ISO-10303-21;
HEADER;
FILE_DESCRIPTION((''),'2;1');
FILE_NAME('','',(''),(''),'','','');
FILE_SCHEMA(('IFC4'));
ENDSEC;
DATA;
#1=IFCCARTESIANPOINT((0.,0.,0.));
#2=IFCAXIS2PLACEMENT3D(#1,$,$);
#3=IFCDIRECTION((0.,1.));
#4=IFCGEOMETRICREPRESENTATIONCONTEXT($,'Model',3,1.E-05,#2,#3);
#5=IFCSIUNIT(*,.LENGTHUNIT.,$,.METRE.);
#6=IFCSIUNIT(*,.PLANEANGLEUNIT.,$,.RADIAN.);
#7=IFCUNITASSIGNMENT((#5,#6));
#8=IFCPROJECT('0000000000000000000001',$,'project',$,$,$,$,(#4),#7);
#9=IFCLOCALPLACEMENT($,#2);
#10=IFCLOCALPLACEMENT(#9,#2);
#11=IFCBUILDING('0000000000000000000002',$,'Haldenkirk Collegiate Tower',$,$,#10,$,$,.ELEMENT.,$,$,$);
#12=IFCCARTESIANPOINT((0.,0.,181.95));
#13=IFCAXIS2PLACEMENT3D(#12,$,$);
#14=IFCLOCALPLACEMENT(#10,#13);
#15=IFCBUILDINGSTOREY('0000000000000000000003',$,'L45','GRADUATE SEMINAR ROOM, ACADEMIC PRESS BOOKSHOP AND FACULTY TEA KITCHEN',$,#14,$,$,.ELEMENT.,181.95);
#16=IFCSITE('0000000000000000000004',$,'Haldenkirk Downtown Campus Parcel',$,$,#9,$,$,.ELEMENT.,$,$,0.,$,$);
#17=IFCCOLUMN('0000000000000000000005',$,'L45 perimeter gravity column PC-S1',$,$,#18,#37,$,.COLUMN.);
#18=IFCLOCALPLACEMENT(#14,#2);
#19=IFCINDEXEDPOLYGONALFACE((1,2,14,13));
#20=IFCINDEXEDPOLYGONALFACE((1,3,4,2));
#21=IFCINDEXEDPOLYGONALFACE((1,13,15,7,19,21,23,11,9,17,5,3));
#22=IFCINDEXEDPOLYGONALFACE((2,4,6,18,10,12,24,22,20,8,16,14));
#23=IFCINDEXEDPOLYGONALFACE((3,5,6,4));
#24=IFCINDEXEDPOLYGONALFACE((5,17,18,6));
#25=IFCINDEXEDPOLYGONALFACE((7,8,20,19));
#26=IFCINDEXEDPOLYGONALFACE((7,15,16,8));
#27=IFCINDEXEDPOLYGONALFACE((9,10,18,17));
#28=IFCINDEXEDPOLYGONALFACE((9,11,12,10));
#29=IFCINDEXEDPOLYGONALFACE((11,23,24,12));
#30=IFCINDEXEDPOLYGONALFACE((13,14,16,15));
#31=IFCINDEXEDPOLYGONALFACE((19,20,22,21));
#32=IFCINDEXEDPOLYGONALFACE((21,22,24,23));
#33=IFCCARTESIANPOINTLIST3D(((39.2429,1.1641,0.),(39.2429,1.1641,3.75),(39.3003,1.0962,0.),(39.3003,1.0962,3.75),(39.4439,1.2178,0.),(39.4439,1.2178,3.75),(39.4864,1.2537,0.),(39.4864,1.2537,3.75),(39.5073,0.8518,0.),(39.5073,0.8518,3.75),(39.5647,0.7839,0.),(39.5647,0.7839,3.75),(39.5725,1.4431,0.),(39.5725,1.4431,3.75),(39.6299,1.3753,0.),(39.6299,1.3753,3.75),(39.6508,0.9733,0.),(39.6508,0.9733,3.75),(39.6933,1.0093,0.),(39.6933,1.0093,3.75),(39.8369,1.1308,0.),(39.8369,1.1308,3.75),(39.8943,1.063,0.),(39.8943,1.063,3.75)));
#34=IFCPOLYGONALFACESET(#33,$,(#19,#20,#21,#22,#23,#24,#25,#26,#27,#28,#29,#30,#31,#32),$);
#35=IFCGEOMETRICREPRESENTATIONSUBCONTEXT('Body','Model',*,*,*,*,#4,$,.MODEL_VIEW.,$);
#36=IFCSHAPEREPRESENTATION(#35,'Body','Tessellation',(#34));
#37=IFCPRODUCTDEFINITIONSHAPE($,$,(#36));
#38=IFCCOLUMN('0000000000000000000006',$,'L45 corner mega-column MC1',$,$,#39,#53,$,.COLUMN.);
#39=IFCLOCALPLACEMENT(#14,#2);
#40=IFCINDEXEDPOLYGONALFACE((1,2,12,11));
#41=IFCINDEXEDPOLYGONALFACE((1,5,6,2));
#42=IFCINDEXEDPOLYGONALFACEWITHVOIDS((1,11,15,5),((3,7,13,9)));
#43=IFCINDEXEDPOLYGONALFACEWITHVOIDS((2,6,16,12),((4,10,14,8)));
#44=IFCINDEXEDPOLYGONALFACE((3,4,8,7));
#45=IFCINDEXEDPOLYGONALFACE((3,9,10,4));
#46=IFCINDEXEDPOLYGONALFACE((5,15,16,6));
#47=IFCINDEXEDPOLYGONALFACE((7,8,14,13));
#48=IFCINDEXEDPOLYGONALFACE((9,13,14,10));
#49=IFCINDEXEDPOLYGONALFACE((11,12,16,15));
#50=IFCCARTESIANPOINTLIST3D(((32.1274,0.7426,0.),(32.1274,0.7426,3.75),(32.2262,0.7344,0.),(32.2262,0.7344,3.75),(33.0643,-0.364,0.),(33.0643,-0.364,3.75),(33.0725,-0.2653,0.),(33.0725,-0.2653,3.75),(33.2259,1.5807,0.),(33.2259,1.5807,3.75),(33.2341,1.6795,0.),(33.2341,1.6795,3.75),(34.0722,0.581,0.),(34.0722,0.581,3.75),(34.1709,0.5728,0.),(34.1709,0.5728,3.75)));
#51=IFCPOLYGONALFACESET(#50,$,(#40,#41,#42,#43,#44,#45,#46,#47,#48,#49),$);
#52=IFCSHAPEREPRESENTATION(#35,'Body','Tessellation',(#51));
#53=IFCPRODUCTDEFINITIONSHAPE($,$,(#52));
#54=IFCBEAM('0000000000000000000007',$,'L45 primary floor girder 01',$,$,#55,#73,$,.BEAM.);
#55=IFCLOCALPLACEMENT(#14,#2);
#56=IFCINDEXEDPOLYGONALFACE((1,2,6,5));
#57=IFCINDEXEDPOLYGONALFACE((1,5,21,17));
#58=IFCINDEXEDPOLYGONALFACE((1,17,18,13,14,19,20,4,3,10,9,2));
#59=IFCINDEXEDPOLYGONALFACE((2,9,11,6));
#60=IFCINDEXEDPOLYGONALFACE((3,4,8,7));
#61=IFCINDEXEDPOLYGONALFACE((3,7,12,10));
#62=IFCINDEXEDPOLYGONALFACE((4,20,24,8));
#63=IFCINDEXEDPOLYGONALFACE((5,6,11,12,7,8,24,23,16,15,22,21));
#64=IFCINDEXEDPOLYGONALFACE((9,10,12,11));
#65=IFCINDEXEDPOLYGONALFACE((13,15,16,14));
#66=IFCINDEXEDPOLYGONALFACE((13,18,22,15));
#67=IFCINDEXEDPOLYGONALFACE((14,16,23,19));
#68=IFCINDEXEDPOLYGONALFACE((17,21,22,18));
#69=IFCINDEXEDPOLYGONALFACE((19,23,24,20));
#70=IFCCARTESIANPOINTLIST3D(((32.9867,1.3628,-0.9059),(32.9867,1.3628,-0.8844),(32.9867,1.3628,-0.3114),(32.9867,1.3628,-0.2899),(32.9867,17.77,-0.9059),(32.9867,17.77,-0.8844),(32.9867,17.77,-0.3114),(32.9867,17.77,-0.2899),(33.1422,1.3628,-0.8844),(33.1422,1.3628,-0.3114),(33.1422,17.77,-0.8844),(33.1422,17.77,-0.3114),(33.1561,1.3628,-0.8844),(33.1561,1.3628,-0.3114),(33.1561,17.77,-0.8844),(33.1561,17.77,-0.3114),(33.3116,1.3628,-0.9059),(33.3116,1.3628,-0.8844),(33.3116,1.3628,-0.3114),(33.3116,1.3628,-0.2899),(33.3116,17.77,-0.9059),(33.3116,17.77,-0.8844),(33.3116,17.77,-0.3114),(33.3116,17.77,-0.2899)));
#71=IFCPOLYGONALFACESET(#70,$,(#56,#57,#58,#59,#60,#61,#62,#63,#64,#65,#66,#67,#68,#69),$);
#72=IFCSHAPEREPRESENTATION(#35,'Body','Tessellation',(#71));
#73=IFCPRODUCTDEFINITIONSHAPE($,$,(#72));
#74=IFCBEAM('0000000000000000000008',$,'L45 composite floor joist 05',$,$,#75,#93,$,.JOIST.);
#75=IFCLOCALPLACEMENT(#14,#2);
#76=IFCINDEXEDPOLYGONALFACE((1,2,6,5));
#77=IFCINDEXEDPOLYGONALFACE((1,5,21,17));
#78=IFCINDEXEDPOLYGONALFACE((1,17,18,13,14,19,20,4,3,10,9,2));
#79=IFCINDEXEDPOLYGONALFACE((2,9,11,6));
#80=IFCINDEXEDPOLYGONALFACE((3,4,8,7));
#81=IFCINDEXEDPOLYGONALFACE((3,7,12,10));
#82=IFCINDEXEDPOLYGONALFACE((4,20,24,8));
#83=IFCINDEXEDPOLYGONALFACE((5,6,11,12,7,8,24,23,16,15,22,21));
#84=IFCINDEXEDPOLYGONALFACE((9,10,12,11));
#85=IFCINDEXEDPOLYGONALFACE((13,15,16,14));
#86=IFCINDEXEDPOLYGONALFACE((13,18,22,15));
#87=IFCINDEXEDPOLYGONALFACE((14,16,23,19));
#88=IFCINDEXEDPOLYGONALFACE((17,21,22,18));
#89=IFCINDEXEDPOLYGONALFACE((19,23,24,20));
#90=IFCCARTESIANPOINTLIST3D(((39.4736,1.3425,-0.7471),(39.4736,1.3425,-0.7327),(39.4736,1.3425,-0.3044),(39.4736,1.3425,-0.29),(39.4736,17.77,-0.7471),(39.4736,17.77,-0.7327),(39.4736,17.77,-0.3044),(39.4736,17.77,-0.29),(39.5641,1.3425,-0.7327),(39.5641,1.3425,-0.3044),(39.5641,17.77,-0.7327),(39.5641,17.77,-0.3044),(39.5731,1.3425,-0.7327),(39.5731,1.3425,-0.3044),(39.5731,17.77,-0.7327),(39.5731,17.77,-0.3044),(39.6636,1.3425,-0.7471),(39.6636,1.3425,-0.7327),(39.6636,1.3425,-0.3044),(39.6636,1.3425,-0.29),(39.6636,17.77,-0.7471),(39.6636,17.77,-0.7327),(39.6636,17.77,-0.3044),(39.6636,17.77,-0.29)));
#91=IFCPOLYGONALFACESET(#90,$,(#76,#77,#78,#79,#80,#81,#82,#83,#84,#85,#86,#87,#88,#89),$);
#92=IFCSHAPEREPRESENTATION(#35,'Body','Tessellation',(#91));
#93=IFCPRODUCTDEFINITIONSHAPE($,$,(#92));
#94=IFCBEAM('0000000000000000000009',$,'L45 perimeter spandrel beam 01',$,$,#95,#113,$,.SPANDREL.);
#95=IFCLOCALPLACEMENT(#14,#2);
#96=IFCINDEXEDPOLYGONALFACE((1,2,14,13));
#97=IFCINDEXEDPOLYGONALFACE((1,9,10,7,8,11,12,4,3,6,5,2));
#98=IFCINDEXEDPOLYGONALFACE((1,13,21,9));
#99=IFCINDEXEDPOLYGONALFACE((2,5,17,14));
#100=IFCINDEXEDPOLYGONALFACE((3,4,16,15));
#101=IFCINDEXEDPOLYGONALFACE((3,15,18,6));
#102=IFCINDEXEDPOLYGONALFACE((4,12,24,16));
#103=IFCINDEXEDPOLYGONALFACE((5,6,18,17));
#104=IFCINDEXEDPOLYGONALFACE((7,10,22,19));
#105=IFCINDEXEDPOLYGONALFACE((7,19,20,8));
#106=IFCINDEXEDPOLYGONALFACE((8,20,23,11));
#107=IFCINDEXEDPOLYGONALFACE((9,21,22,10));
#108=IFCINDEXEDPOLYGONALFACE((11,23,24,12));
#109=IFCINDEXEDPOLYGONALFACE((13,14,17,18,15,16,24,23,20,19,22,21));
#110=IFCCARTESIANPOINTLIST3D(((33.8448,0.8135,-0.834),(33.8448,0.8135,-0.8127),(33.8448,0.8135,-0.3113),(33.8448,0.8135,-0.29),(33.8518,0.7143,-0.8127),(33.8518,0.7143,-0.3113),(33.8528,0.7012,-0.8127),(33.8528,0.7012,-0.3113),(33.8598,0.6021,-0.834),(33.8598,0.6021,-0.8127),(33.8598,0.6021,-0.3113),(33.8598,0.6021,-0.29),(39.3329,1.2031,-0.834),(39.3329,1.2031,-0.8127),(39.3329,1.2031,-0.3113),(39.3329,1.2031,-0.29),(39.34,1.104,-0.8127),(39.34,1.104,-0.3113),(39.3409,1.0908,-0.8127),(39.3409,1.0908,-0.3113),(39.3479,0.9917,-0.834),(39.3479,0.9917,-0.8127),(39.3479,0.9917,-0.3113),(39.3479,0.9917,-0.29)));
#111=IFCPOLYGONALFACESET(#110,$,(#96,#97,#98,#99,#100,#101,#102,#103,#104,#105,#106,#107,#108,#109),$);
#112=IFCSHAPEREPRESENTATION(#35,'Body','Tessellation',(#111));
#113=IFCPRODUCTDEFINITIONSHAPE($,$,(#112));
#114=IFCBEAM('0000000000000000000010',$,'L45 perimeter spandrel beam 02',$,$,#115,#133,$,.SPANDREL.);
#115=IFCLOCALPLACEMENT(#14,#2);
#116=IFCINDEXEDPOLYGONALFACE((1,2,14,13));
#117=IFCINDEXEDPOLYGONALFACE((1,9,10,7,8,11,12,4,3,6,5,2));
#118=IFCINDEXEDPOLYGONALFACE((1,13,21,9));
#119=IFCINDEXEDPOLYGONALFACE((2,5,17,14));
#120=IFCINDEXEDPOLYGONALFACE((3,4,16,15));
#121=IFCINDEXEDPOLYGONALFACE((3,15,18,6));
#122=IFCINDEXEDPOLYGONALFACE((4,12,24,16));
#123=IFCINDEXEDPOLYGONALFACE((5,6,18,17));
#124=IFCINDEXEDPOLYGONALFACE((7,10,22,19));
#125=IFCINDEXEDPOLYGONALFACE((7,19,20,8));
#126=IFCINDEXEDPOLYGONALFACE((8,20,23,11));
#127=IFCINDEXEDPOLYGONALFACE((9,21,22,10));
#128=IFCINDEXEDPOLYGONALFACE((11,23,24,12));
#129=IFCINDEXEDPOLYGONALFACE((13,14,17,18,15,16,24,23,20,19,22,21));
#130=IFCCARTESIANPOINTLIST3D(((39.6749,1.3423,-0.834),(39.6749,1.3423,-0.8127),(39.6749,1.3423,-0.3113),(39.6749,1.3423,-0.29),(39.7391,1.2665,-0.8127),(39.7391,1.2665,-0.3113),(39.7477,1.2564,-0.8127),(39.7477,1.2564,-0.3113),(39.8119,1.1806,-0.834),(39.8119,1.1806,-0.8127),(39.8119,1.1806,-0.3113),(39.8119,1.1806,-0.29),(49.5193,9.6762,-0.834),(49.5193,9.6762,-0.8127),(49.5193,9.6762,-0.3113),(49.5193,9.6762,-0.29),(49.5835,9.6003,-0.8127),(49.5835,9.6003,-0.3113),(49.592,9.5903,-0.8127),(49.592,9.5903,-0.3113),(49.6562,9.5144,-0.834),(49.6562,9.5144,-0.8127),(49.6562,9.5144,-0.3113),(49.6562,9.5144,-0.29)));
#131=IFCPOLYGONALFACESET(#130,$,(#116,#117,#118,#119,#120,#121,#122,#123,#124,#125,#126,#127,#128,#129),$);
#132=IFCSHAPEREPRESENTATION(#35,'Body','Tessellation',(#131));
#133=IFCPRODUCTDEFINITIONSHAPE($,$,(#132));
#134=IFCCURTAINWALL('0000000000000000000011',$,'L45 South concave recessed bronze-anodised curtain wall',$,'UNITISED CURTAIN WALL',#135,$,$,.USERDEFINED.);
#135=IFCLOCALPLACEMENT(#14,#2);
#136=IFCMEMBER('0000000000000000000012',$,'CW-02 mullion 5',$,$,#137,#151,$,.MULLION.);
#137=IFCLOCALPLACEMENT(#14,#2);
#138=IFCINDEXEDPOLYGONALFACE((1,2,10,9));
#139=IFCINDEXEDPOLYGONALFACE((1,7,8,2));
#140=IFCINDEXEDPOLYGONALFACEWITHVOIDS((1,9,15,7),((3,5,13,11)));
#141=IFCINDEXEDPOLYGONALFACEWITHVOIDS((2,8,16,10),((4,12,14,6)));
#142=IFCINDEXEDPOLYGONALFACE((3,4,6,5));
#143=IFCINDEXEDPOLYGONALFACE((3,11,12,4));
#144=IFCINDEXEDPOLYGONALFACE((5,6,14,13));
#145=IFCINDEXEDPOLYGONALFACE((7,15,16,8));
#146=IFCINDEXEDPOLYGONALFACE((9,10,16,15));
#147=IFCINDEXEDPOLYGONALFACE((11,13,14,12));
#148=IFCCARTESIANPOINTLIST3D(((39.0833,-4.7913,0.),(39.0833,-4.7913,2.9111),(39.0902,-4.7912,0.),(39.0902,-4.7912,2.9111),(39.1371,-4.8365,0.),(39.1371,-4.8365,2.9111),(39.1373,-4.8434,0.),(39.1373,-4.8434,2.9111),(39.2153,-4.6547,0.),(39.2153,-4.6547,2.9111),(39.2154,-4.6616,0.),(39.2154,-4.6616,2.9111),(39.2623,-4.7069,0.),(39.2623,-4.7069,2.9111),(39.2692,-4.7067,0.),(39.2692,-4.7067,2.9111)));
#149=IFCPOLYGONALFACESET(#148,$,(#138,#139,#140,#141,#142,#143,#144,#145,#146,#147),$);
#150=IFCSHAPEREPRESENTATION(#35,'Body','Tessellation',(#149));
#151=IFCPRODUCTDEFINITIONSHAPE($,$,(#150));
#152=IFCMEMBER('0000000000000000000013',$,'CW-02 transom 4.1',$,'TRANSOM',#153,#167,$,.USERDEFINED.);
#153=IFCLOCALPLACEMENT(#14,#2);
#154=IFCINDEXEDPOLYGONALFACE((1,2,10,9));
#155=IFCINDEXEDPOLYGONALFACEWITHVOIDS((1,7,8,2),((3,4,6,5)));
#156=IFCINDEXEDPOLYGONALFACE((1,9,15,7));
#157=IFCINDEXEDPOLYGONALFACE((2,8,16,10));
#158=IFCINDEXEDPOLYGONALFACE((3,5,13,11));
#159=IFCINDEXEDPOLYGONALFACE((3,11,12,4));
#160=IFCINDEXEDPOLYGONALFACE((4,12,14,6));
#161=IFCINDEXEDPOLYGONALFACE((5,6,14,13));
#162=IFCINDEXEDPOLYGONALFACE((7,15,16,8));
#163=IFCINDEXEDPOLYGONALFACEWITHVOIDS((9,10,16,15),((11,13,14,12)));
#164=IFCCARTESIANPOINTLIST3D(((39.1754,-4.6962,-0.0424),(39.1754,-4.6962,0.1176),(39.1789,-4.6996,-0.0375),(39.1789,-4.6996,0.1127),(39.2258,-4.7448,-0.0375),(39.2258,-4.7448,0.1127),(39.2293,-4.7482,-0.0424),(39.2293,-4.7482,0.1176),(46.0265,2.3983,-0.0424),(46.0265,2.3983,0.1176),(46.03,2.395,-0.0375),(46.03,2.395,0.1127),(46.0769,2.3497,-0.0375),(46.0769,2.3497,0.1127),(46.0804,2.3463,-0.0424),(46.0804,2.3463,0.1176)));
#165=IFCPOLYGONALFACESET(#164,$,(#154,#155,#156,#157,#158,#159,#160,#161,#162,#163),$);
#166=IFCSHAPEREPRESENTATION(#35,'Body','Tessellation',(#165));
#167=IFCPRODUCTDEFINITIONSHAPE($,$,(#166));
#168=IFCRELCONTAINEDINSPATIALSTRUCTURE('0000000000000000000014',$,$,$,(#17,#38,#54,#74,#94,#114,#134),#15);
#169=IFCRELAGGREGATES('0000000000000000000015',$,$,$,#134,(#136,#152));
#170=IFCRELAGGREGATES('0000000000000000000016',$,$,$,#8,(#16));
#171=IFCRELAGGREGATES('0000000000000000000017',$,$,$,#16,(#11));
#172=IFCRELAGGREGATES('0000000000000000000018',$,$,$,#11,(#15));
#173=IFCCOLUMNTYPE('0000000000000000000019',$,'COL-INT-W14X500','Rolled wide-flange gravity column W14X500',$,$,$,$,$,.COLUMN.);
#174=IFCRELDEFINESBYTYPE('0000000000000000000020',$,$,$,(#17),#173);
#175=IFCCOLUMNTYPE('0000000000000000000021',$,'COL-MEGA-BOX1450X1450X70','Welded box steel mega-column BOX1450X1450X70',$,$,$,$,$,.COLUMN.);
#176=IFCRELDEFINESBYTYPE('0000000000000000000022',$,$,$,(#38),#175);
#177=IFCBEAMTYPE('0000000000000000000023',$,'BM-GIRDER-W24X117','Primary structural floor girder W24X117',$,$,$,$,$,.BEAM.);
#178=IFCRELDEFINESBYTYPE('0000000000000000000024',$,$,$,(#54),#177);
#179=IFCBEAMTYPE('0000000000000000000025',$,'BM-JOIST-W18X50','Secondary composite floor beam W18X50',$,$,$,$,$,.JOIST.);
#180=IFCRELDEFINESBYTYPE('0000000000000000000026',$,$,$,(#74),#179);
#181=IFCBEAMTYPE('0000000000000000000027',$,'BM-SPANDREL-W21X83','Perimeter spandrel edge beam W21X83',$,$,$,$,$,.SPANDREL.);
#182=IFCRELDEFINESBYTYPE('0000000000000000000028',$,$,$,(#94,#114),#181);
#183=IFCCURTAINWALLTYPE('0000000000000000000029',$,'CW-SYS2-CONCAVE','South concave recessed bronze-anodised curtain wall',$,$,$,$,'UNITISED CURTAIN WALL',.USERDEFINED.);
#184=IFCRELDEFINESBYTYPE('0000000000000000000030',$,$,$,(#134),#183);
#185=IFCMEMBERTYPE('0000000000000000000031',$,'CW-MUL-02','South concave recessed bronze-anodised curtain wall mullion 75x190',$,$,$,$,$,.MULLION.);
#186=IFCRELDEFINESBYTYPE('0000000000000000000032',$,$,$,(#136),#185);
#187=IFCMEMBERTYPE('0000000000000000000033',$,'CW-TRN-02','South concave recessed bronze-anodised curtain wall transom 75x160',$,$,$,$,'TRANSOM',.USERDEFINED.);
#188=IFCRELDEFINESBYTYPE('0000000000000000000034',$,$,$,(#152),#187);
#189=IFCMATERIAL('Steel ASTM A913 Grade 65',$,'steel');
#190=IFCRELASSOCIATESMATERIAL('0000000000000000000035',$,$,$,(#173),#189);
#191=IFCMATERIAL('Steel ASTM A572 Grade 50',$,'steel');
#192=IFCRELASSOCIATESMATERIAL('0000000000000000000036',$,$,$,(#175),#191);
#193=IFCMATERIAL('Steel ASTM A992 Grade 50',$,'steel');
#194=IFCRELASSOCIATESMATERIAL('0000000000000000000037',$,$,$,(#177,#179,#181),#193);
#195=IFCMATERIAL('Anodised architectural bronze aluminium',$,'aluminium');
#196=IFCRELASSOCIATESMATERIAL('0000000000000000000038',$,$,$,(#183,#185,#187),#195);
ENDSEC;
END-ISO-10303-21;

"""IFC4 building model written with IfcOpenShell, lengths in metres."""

from ifc_helpers import new_model, si_unit, direction, frame, origin, origin_2d, place, context, subcontext, project, spatial, hollow_rectangle, i_section, extrude, material, material_profile, profile_set, type_object, element, aggregate, save


model = new_model("IFC4")

# Units and contexts
model_context = context("Model", 3, precision=1e-05, world=origin(), true_north=direction((0.0, 1.0)))
body_context = subcontext(model_context, "Body", "Model", "MODEL_VIEW")
ifc_project = project(units=[si_unit("LENGTHUNIT", "METRE"), si_unit("PLANEANGLEUNIT", "RADIAN")], contexts=[model_context])

# Site, building, storey
site_placement = place(None, origin())
site = spatial("IfcSite", under=ifc_project, at=site_placement, Name="Haldenkirk Downtown Campus Parcel", CompositionType="ELEMENT", RefElevation=0.0)
building_placement = place(site_placement, origin())
building = spatial("IfcBuilding", under=site, at=building_placement, Name="Haldenkirk Collegiate Tower", CompositionType="ELEMENT")
storey_placement = place(building_placement, frame((0.0, 0.0, 181.95)))
storey = spatial("IfcBuildingStorey", under=building, at=storey_placement, Name="L45", Description="GRADUATE SEMINAR ROOM, ACADEMIC PRESS BOOKSHOP AND FACULTY TEA KITCHEN", CompositionType="ELEMENT", Elevation=181.95)

# Columns
ifc_material_1 = material(Name="Steel ASTM A913 Grade 65", Category="steel")
ifc_material_profile_1 = material_profile(ifc_material_1, i_section(OverallWidth=0.4319, OverallDepth=0.498, WebThickness=0.0557, FlangeThickness=0.0889, at=origin_2d()), Name="W14X500")
ifc_profile_set_1 = profile_set([ifc_material_profile_1], Name="Steel ASTM A913 Grade 65")
column_type_1 = type_object("IfcColumnType", Name="COL-INT-W14X500", Description="Rolled wide-flange gravity column W14X500", PredefinedType="COLUMN", material=ifc_profile_set_1)
column_1_placement = place(storey_placement, frame((39.5686, 1.1135, 0.0), z_axis=(0.0, 0.0, 1.0), x_axis=(0.763232, 0.646124, 0.0)))
element("IfcColumn", 1, at=column_1_placement, inside=storey, type_object=column_type_1, Name="L45 perimeter gravity column PC-S1", PredefinedType="COLUMN", context=body_context, shape_type="SweptSolid", body=[
    extrude(i_section(OverallWidth=0.4319, OverallDepth=0.498, WebThickness=0.0557, FlangeThickness=0.0889, at=origin_2d()), origin(), (0.0, 0.0, 1.0), 3.75),
])
ifc_material_2 = material(Name="Steel ASTM A572 Grade 50", Category="steel")
ifc_material_profile_2 = material_profile(ifc_material_2, hollow_rectangle(XDim=1.45, YDim=1.45, WallThickness=0.0701, at=origin_2d()), Name="BOX1450X1450X70")
ifc_profile_set_2 = profile_set([ifc_material_profile_2], Name="Steel ASTM A572 Grade 50")
column_type_2 = type_object("IfcColumnType", Name="COL-MEGA-BOX1450X1450X70", Description="Welded box steel mega-column BOX1450X1450X70", PredefinedType="COLUMN", material=ifc_profile_set_2)
column_2_placement = place(storey_placement, frame((33.1492, 0.6577, 0.0), z_axis=(0.0, 0.0, 1.0), x_axis=(0.763232, 0.646124, 0.0)))
element("IfcColumn", 2, at=column_2_placement, inside=storey, type_object=column_type_2, Name="L45 corner mega-column MC1", PredefinedType="COLUMN", context=body_context, shape_type="SweptSolid", body=[
    extrude(hollow_rectangle(XDim=1.45, YDim=1.45, WallThickness=0.0701, at=origin_2d()), origin(), (0.0, 0.0, 1.0), 3.75),
])

# Beams
ifc_material_3 = material(Name="Steel ASTM A992 Grade 50", Category="steel")
ifc_material_profile_3 = material_profile(ifc_material_3, i_section(OverallWidth=0.325, OverallDepth=0.616, WebThickness=0.0139, FlangeThickness=0.0215, at=origin_2d()), Name="W24X117")
ifc_profile_set_3 = profile_set([ifc_material_profile_3], Name="Steel ASTM A992 Grade 50")
beam_type_1 = type_object("IfcBeamType", Name="BM-GIRDER-W24X117", Description="Primary structural floor girder W24X117", PredefinedType="BEAM", material=ifc_profile_set_3)
beam_1_placement = place(storey_placement, frame((33.1492, 1.3628, -0.5979), z_axis=(0.0, 1.0, 0.0), x_axis=(-1.0, 0.0, 0.0)))
element("IfcBeam", 3, at=beam_1_placement, inside=storey, type_object=beam_type_1, Name="L45 primary floor girder 01", PredefinedType="BEAM", context=body_context, shape_type="SweptSolid", body=[
    extrude(i_section(OverallWidth=0.325, OverallDepth=0.616, WebThickness=0.0139, FlangeThickness=0.0215, at=origin_2d()), origin(), (0.0, 0.0, 1.0), 16.4072),
])
ifc_material_profile_4 = material_profile(ifc_material_3, i_section(OverallWidth=0.1899, OverallDepth=0.457, WebThickness=0.009, FlangeThickness=0.0144, at=origin_2d()), Name="W18X50")
ifc_profile_set_4 = profile_set([ifc_material_profile_4], Name="Steel ASTM A992 Grade 50")
beam_type_2 = type_object("IfcBeamType", Name="BM-JOIST-W18X50", Description="Secondary composite floor beam W18X50", PredefinedType="JOIST", material=ifc_profile_set_4)
beam_2_placement = place(storey_placement, frame((39.5686, 1.3425, -0.5186), z_axis=(0.0, 1.0, 0.0), x_axis=(-1.0, 0.0, 0.0)))
element("IfcBeam", 4, at=beam_2_placement, inside=storey, type_object=beam_type_2, Name="L45 composite floor joist 05", PredefinedType="JOIST", context=body_context, shape_type="SweptSolid", body=[
    extrude(i_section(OverallWidth=0.1899, OverallDepth=0.457, WebThickness=0.009, FlangeThickness=0.0144, at=origin_2d()), origin(), (0.0, 0.0, 1.0), 16.4275),
])
ifc_material_profile_5 = material_profile(ifc_material_3, i_section(OverallWidth=0.2119, OverallDepth=0.5439, WebThickness=0.0132, FlangeThickness=0.0212, at=origin_2d()), Name="W21X83")
ifc_profile_set_5 = profile_set([ifc_material_profile_5], Name="Steel ASTM A992 Grade 50")
beam_type_3 = type_object("IfcBeamType", Name="BM-SPANDREL-W21X83", Description="Perimeter spandrel edge beam W21X83", PredefinedType="SPANDREL", material=ifc_profile_set_5)
beam_3_placement = place(storey_placement, frame((33.8523, 0.7078, -0.562), z_axis=(0.997489, 0.070821, 0.0), x_axis=(-0.070821, 0.997489, 0.0)))
element("IfcBeam", 5, at=beam_3_placement, inside=storey, type_object=beam_type_3, Name="L45 perimeter spandrel beam 01", PredefinedType="SPANDREL", context=body_context, shape_type="SweptSolid", body=[
    extrude(i_section(OverallWidth=0.2119, OverallDepth=0.5439, WebThickness=0.0132, FlangeThickness=0.0212, at=origin_2d()), origin(), (0.0, 0.0, 1.0), 5.502),
])
beam_4_placement = place(storey_placement, frame((39.7434, 1.2615, -0.562), z_axis=(0.763233, 0.646123, 0.0), x_axis=(-0.646123, 0.763233, 0.0)))
element("IfcBeam", 6, at=beam_4_placement, inside=storey, type_object=beam_type_3, Name="L45 perimeter spandrel beam 02", PredefinedType="SPANDREL", context=body_context, shape_type="SweptSolid", body=[
    extrude(i_section(OverallWidth=0.2119, OverallDepth=0.5439, WebThickness=0.0132, FlangeThickness=0.0212, at=origin_2d()), origin(), (0.0, 0.0, 1.0), 12.8982),
])

# Curtain wall, members
ifc_material_4 = material(Name="Anodised architectural bronze aluminium", Category="aluminium")
curtain_wall_type = type_object("IfcCurtainWallType", Name="CW-SYS2-CONCAVE", Description="South concave recessed bronze-anodised curtain wall", ElementType="UNITISED CURTAIN WALL", PredefinedType="USERDEFINED", material=ifc_material_4)
curtain_wall_placement = place(storey_placement, origin())
curtain_wall = element("IfcCurtainWall", 7, at=curtain_wall_placement, inside=storey, type_object=curtain_wall_type, Name="L45 South concave recessed bronze-anodised curtain wall", ObjectType="UNITISED CURTAIN WALL", PredefinedType="USERDEFINED")
ifc_material_profile_6 = material_profile(ifc_material_4, hollow_rectangle(XDim=0.075, YDim=0.1899, WallThickness=0.0049, at=origin_2d()), Name="CW-MUL-02")
ifc_profile_set_6 = profile_set([ifc_material_profile_6], Name="Anodised architectural bronze aluminium")
member_type_1 = type_object("IfcMemberType", Name="CW-MUL-02", Description="South concave recessed bronze-anodised curtain wall mullion 75x190", PredefinedType="MULLION", material=ifc_profile_set_6)
member_1_placement = place(storey_placement, frame((39.1763, -4.749, 0.0), z_axis=(0.0, 0.0, 1.0), x_axis=(0.71934, -0.694658, 0.0)))
member_1 = element("IfcMember", 8, at=member_1_placement, type_object=member_type_1, Name="CW-02 mullion 5", PredefinedType="MULLION", context=body_context, shape_type="SweptSolid", body=[
    extrude(hollow_rectangle(XDim=0.075, YDim=0.1899, WallThickness=0.0049, at=origin_2d()), origin(), (0.0, 0.0, 1.0), 2.9111),
])
ifc_material_profile_7 = material_profile(ifc_material_4, hollow_rectangle(XDim=0.075, YDim=0.1599, WallThickness=0.0049, at=origin_2d()), Name="CW-TRN-02")
ifc_profile_set_7 = profile_set([ifc_material_profile_7], Name="Anodised architectural bronze aluminium")
member_type_2 = type_object("IfcMemberType", Name="CW-TRN-02", Description="South concave recessed bronze-anodised curtain wall transom 75x160", ElementType="TRANSOM", PredefinedType="USERDEFINED", material=ifc_profile_set_7)
member_2_placement = place(storey_placement, frame((46.0535, 2.3723, 0.0376), z_axis=(-0.694659, -0.719339, 0.0), x_axis=(0.719339, -0.694659, 0.0)))
member_2 = element("IfcMember", 9, at=member_2_placement, type_object=member_type_2, Name="CW-02 transom 4.1", ObjectType="TRANSOM", PredefinedType="USERDEFINED", context=body_context, shape_type="SweptSolid", body=[
    extrude(hollow_rectangle(XDim=0.075, YDim=0.1599, WallThickness=0.0049, at=origin_2d()), origin(), (0.0, 0.0, 1.0), 9.8625),
])
aggregate(curtain_wall, [member_1, member_2])

save(model, "model.ifc")
